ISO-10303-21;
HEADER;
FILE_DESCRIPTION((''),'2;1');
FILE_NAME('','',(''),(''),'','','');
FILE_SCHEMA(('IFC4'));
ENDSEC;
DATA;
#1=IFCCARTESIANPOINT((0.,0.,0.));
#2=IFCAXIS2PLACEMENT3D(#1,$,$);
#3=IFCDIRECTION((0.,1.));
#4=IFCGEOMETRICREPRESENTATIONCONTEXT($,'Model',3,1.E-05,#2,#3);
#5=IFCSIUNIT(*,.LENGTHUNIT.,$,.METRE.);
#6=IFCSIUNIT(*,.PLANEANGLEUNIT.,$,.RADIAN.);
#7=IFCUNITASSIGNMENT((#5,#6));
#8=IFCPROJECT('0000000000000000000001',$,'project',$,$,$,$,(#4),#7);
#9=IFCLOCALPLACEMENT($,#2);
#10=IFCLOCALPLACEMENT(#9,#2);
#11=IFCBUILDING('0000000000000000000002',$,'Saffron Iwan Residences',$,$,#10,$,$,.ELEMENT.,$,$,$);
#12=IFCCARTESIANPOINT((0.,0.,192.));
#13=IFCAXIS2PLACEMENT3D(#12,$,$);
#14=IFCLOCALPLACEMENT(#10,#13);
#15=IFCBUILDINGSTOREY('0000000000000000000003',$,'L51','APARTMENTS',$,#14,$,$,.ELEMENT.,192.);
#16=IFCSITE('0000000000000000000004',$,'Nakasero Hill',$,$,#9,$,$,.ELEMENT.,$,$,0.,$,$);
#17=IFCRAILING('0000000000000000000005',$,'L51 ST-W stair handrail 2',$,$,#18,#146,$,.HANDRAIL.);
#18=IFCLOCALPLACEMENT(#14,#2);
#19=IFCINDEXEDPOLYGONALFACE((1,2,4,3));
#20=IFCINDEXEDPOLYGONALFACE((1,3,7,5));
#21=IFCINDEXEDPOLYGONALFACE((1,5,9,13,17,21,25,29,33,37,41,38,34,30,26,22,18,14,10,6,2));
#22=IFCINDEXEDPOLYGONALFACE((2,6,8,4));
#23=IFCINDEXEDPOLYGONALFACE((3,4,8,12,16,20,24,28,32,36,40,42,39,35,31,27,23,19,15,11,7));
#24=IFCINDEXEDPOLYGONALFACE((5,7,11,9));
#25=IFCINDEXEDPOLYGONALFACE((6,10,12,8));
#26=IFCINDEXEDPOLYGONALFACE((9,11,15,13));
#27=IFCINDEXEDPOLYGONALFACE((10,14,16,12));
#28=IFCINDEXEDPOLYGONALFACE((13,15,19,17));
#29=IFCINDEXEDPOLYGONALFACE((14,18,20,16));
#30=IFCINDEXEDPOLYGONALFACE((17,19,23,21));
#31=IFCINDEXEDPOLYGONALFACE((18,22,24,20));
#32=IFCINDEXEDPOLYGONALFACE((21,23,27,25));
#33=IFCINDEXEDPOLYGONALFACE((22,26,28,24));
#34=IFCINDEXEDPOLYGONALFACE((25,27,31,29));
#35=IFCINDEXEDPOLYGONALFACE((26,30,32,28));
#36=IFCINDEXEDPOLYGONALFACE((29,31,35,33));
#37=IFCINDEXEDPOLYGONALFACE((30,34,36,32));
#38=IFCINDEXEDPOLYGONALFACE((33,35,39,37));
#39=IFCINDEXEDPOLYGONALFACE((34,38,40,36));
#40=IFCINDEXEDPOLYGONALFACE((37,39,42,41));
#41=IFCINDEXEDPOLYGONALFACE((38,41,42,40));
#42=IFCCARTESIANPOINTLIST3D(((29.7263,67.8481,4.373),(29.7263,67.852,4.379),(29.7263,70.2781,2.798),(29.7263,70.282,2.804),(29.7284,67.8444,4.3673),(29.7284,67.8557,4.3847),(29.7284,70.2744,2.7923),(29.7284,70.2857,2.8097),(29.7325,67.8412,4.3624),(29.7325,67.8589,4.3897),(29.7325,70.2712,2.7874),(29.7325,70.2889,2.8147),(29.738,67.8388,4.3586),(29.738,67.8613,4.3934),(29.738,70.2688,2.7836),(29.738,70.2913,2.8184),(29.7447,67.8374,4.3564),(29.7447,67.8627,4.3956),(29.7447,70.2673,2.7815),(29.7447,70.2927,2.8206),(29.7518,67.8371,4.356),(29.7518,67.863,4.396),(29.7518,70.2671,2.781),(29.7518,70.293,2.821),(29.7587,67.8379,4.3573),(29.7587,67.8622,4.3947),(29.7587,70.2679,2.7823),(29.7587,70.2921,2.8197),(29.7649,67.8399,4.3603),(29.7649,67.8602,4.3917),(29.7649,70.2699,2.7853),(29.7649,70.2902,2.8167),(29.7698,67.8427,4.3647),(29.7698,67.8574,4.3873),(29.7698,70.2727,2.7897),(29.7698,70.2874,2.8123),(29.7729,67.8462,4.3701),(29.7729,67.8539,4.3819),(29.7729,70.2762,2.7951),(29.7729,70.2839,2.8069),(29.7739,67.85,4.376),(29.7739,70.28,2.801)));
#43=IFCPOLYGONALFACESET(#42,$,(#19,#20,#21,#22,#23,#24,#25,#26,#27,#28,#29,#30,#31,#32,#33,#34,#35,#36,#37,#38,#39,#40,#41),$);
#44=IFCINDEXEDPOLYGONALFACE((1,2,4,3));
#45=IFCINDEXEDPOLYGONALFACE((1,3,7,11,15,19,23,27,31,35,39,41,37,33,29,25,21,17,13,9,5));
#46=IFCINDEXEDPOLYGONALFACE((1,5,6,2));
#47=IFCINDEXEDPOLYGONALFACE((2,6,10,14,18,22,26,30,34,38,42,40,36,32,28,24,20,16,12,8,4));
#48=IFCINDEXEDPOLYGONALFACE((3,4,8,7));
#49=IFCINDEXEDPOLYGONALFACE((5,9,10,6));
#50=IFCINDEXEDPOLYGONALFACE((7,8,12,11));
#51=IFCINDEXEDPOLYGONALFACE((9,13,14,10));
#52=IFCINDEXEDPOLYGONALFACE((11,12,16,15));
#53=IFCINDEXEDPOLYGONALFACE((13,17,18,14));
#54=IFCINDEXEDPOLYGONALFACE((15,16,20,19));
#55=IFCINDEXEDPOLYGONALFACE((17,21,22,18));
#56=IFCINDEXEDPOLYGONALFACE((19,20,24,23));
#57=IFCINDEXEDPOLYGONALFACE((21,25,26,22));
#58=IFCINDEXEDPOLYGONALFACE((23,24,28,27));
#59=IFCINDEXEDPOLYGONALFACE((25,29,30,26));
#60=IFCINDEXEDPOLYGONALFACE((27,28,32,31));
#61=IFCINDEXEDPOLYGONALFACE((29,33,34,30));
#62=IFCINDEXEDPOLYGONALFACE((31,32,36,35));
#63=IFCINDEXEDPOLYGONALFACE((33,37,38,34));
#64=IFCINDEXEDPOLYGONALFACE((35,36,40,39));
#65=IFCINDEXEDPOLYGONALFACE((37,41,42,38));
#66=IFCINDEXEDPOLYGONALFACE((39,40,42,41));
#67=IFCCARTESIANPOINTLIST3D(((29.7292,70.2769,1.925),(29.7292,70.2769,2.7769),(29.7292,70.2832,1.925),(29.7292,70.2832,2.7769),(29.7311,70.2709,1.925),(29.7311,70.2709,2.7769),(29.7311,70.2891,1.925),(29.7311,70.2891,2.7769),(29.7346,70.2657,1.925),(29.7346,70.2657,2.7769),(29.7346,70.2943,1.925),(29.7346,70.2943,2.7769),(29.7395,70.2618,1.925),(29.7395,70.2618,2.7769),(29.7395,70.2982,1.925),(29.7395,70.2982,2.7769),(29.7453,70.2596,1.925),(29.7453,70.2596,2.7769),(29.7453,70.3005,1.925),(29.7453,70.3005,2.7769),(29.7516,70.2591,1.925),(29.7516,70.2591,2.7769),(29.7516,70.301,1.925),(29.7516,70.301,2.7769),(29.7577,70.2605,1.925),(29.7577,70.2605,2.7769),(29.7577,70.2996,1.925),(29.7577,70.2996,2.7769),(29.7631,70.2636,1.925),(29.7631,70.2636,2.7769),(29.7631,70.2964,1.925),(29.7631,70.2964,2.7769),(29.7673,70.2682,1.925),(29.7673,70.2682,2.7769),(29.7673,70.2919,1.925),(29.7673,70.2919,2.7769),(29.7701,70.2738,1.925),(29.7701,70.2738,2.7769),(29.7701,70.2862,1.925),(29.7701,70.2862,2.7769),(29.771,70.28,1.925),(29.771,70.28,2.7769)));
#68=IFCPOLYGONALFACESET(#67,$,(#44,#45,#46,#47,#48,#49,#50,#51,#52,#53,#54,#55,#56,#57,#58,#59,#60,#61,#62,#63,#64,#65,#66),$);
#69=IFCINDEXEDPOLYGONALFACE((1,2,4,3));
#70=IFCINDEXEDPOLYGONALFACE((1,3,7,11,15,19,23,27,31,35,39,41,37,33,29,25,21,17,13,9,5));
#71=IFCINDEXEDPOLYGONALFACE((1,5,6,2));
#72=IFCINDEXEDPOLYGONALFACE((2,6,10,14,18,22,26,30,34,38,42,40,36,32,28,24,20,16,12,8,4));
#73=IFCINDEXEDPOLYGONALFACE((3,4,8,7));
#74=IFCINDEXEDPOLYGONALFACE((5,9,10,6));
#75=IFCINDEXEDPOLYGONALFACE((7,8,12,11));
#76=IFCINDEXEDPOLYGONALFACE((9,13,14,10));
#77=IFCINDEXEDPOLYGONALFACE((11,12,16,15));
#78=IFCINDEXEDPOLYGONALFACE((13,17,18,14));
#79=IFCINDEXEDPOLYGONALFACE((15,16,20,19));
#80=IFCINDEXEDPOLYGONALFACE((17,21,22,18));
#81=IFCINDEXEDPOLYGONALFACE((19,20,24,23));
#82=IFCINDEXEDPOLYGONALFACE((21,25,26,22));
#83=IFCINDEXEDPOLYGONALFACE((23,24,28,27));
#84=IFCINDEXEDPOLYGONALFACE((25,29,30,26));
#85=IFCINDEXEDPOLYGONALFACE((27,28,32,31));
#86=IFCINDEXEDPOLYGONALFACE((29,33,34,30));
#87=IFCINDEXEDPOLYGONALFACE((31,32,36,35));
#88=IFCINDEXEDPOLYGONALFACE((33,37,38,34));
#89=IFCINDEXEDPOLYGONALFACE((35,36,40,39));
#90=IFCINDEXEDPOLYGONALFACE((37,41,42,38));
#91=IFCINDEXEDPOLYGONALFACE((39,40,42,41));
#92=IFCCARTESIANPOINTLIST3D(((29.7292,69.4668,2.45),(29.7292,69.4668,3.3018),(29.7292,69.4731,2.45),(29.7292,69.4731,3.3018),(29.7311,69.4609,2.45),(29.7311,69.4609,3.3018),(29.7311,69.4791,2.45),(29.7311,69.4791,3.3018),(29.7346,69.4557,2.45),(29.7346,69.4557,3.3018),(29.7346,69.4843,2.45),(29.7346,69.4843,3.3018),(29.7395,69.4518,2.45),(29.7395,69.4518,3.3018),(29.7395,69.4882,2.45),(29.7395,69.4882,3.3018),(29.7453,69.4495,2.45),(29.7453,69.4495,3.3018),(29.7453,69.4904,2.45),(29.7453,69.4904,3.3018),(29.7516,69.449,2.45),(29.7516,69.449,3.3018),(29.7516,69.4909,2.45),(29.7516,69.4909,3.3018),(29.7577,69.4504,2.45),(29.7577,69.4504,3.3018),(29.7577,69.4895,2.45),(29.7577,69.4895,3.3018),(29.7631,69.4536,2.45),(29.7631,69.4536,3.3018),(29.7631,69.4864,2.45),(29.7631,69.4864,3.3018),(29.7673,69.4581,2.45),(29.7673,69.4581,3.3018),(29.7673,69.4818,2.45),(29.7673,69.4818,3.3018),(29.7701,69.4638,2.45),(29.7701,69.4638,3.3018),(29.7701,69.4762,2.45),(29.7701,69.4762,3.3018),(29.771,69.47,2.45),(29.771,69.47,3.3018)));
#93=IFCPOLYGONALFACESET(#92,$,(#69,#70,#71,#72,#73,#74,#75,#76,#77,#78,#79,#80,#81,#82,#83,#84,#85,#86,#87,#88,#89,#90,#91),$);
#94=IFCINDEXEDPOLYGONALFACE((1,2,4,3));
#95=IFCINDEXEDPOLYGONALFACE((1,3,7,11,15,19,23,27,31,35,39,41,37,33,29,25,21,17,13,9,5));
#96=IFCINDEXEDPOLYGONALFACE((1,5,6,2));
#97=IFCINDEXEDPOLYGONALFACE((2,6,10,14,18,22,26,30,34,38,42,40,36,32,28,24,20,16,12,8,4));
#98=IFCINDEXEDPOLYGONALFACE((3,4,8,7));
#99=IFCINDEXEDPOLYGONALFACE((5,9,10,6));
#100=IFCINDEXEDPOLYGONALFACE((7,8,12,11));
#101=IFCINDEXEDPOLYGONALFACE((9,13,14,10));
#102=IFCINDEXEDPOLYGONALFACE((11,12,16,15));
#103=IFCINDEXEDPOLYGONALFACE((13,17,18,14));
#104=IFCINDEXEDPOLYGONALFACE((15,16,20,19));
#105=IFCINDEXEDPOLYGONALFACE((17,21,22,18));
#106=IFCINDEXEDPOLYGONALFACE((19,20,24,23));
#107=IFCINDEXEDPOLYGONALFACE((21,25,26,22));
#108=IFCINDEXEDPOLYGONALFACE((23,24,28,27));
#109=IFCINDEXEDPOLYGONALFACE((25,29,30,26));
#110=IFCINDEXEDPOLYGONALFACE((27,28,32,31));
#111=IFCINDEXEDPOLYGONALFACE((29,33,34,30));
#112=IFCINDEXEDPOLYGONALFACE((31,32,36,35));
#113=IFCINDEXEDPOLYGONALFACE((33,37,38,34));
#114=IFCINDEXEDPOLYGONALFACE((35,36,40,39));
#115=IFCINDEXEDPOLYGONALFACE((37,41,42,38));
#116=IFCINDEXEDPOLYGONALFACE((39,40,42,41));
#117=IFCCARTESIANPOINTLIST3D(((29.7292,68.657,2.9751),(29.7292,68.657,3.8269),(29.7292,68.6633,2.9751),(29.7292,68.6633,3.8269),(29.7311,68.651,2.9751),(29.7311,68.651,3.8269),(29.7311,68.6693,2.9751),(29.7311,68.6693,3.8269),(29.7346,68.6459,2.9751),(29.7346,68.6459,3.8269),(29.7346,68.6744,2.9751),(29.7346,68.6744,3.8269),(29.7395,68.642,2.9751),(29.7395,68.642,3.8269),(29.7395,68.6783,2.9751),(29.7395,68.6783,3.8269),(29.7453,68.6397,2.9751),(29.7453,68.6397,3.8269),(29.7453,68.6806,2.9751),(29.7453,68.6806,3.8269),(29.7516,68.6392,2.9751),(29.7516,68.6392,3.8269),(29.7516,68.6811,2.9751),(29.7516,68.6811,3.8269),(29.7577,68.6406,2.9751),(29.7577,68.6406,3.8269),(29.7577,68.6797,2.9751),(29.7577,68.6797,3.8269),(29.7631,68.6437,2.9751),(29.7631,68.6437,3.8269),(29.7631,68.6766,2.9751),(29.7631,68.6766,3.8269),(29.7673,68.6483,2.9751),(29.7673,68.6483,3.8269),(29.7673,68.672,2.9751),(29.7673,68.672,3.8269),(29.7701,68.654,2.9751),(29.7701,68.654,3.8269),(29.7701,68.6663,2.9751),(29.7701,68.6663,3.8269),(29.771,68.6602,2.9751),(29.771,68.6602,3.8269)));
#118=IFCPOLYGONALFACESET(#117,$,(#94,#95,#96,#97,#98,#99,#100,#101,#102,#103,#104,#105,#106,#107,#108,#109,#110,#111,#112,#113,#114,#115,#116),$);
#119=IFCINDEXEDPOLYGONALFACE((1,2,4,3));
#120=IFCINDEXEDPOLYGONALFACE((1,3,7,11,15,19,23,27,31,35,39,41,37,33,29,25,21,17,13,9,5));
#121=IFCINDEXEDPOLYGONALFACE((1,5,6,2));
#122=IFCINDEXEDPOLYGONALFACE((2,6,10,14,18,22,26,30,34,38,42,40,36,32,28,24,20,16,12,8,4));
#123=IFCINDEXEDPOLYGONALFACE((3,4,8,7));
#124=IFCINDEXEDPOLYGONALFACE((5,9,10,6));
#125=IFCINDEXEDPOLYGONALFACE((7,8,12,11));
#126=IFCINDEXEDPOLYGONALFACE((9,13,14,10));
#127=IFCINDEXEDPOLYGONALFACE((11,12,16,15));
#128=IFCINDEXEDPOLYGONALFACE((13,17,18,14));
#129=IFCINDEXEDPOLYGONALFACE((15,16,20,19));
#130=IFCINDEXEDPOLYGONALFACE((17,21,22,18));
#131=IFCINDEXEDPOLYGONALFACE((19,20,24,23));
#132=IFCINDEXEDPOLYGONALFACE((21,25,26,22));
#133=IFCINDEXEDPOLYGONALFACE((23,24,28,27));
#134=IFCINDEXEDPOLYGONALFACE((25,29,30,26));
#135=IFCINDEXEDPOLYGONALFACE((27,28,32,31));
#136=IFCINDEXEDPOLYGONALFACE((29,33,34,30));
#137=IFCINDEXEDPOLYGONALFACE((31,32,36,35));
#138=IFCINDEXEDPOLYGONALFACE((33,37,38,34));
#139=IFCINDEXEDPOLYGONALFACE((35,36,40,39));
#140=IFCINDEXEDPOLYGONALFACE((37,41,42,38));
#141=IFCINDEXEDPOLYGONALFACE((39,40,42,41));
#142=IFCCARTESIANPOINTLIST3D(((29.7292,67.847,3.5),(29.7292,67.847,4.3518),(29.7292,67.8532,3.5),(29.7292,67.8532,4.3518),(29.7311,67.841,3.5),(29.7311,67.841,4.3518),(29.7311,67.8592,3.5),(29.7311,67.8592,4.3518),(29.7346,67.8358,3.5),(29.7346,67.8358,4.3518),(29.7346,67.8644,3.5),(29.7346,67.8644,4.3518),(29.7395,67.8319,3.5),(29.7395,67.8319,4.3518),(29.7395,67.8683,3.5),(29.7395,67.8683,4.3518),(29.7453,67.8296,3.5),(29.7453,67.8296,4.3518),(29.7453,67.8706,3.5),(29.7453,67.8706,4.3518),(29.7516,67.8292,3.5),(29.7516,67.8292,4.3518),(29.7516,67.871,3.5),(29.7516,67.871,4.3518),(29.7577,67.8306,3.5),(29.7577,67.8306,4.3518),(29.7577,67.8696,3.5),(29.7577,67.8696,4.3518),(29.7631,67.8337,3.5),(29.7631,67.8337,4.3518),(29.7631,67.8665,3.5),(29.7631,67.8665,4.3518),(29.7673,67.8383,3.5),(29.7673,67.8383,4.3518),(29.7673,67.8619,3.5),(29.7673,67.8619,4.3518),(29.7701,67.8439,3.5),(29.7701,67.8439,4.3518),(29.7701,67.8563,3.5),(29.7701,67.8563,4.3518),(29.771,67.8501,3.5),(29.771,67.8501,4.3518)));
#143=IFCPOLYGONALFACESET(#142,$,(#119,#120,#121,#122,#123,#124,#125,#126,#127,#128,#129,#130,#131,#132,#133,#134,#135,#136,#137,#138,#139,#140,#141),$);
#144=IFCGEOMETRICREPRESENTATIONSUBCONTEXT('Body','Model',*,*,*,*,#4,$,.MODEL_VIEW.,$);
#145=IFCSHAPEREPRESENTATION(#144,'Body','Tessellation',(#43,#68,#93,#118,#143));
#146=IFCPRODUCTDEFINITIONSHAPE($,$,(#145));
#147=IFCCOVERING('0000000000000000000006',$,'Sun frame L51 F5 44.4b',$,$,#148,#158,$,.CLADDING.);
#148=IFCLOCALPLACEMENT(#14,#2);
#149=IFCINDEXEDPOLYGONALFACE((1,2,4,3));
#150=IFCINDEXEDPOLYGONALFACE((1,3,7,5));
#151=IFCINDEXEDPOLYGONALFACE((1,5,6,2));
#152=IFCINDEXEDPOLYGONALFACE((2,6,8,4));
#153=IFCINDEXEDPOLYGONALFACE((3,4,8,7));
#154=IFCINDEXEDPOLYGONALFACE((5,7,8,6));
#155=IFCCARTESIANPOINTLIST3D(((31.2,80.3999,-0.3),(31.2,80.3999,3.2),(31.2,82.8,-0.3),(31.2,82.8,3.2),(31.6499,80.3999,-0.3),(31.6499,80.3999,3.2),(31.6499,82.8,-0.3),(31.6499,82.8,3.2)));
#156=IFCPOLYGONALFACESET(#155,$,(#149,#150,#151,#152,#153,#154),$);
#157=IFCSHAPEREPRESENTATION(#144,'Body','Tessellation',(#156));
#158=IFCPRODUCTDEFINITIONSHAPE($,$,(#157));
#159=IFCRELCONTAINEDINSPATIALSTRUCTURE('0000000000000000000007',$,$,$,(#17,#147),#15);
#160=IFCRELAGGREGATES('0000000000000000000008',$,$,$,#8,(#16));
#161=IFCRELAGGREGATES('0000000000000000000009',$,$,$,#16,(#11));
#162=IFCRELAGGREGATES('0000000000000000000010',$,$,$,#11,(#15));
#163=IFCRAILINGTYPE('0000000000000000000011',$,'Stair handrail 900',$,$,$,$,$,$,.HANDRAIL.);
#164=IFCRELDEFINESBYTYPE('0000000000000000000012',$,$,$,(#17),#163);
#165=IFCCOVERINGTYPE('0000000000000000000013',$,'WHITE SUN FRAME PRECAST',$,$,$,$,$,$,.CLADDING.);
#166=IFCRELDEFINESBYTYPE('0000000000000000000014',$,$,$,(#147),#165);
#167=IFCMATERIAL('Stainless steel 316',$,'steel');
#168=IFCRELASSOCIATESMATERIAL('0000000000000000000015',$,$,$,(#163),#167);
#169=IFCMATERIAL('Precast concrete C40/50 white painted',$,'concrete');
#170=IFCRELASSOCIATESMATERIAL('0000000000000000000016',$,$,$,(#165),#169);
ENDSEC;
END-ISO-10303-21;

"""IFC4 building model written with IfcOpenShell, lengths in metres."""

from ifc_helpers import new_model, si_unit, direction, frame, origin, origin_2d, place, context, subcontext, project, spatial, polyline, circle, outline, extrude, material, type_object, element, save


model = new_model("IFC4")

# Units and contexts
model_context = context("Model", 3, precision=1e-05, world=origin(), true_north=direction((0.0, 1.0)))
body_context = subcontext(model_context, "Body", "Model", "MODEL_VIEW")
ifc_project = project(units=[si_unit("LENGTHUNIT", "METRE"), si_unit("PLANEANGLEUNIT", "RADIAN")], contexts=[model_context])

# Site, building, storey
site_placement = place(None, origin())
site = spatial("IfcSite", under=ifc_project, at=site_placement, Name="Nakasero Hill", CompositionType="ELEMENT", RefElevation=0.0)
building_placement = place(site_placement, origin())
building = spatial("IfcBuilding", under=site, at=building_placement, Name="Saffron Iwan Residences", CompositionType="ELEMENT")
storey_placement = place(building_placement, frame((0.0, 0.0, 192.0)))
storey = spatial("IfcBuildingStorey", under=building, at=storey_placement, Name="L51", Description="APARTMENTS", CompositionType="ELEMENT", Elevation=192.0)

# Railing
ifc_material_1 = material(Name="Stainless steel 316", Category="steel")
railing_type_1 = type_object("IfcRailingType", Name="Stair handrail 900", PredefinedType="HANDRAIL", material=ifc_material_1)
railing_1_placement = place(storey_placement, frame((29.75, 70.28, 1.925)))
element("IfcRailing", 1, at=railing_1_placement, inside=storey, type_object=railing_type_1, Name="L51 ST-W stair handrail 2", PredefinedType="HANDRAIL", context=body_context, shape_type="SweptSolid", body=[
    extrude(circle(Radius=0.0239, at=origin_2d()), frame((0.0, 0.0, 0.876), z_axis=(0.0, -0.839154, 0.543894), x_axis=(1.0, 0.0, 0.0)), (0.0, 0.0, 1.0), 2.8958),
    extrude(circle(Radius=0.021, at=origin_2d()), origin(), (0.0, 0.0, 1.0), 0.8518),
    extrude(circle(Radius=0.021, at=origin_2d()), frame((0.0, -0.8101, 0.5249)), (0.0, 0.0, 1.0), 0.8518),
    extrude(circle(Radius=0.021, at=origin_2d()), frame((0.0, -1.6199, 1.05)), (0.0, 0.0, 1.0), 0.8518),
    extrude(circle(Radius=0.021, at=origin_2d()), frame((0.0, -2.4299, 1.575)), (0.0, 0.0, 1.0), 0.8518),
])

# Covering
ifc_material_2 = material(Name="Precast concrete C40/50 white painted", Category="concrete")
covering_type_1 = type_object("IfcCoveringType", Name="WHITE SUN FRAME PRECAST", PredefinedType="CLADDING", material=ifc_material_2)
covering_1_placement = place(storey_placement, frame((31.6499, 80.3999, -0.3), z_axis=(0.0, 1.0, 0.0), x_axis=(-1.0, 0.0, 0.0)))
element("IfcCovering", 2, at=covering_1_placement, inside=storey, type_object=covering_type_1, Name="Sun frame L51 F5 44.4b", PredefinedType="CLADDING", context=body_context, shape_type="SweptSolid", body=[
    extrude(outline(polyline([(0.0, 0.0), (0.45, 0.0), (0.45, 3.5), (0.0, 3.5), (0.0, 0.0)])), origin(), (0.0, 0.0, 1.0), 2.4001),
])

save(model, "model.ifc")
